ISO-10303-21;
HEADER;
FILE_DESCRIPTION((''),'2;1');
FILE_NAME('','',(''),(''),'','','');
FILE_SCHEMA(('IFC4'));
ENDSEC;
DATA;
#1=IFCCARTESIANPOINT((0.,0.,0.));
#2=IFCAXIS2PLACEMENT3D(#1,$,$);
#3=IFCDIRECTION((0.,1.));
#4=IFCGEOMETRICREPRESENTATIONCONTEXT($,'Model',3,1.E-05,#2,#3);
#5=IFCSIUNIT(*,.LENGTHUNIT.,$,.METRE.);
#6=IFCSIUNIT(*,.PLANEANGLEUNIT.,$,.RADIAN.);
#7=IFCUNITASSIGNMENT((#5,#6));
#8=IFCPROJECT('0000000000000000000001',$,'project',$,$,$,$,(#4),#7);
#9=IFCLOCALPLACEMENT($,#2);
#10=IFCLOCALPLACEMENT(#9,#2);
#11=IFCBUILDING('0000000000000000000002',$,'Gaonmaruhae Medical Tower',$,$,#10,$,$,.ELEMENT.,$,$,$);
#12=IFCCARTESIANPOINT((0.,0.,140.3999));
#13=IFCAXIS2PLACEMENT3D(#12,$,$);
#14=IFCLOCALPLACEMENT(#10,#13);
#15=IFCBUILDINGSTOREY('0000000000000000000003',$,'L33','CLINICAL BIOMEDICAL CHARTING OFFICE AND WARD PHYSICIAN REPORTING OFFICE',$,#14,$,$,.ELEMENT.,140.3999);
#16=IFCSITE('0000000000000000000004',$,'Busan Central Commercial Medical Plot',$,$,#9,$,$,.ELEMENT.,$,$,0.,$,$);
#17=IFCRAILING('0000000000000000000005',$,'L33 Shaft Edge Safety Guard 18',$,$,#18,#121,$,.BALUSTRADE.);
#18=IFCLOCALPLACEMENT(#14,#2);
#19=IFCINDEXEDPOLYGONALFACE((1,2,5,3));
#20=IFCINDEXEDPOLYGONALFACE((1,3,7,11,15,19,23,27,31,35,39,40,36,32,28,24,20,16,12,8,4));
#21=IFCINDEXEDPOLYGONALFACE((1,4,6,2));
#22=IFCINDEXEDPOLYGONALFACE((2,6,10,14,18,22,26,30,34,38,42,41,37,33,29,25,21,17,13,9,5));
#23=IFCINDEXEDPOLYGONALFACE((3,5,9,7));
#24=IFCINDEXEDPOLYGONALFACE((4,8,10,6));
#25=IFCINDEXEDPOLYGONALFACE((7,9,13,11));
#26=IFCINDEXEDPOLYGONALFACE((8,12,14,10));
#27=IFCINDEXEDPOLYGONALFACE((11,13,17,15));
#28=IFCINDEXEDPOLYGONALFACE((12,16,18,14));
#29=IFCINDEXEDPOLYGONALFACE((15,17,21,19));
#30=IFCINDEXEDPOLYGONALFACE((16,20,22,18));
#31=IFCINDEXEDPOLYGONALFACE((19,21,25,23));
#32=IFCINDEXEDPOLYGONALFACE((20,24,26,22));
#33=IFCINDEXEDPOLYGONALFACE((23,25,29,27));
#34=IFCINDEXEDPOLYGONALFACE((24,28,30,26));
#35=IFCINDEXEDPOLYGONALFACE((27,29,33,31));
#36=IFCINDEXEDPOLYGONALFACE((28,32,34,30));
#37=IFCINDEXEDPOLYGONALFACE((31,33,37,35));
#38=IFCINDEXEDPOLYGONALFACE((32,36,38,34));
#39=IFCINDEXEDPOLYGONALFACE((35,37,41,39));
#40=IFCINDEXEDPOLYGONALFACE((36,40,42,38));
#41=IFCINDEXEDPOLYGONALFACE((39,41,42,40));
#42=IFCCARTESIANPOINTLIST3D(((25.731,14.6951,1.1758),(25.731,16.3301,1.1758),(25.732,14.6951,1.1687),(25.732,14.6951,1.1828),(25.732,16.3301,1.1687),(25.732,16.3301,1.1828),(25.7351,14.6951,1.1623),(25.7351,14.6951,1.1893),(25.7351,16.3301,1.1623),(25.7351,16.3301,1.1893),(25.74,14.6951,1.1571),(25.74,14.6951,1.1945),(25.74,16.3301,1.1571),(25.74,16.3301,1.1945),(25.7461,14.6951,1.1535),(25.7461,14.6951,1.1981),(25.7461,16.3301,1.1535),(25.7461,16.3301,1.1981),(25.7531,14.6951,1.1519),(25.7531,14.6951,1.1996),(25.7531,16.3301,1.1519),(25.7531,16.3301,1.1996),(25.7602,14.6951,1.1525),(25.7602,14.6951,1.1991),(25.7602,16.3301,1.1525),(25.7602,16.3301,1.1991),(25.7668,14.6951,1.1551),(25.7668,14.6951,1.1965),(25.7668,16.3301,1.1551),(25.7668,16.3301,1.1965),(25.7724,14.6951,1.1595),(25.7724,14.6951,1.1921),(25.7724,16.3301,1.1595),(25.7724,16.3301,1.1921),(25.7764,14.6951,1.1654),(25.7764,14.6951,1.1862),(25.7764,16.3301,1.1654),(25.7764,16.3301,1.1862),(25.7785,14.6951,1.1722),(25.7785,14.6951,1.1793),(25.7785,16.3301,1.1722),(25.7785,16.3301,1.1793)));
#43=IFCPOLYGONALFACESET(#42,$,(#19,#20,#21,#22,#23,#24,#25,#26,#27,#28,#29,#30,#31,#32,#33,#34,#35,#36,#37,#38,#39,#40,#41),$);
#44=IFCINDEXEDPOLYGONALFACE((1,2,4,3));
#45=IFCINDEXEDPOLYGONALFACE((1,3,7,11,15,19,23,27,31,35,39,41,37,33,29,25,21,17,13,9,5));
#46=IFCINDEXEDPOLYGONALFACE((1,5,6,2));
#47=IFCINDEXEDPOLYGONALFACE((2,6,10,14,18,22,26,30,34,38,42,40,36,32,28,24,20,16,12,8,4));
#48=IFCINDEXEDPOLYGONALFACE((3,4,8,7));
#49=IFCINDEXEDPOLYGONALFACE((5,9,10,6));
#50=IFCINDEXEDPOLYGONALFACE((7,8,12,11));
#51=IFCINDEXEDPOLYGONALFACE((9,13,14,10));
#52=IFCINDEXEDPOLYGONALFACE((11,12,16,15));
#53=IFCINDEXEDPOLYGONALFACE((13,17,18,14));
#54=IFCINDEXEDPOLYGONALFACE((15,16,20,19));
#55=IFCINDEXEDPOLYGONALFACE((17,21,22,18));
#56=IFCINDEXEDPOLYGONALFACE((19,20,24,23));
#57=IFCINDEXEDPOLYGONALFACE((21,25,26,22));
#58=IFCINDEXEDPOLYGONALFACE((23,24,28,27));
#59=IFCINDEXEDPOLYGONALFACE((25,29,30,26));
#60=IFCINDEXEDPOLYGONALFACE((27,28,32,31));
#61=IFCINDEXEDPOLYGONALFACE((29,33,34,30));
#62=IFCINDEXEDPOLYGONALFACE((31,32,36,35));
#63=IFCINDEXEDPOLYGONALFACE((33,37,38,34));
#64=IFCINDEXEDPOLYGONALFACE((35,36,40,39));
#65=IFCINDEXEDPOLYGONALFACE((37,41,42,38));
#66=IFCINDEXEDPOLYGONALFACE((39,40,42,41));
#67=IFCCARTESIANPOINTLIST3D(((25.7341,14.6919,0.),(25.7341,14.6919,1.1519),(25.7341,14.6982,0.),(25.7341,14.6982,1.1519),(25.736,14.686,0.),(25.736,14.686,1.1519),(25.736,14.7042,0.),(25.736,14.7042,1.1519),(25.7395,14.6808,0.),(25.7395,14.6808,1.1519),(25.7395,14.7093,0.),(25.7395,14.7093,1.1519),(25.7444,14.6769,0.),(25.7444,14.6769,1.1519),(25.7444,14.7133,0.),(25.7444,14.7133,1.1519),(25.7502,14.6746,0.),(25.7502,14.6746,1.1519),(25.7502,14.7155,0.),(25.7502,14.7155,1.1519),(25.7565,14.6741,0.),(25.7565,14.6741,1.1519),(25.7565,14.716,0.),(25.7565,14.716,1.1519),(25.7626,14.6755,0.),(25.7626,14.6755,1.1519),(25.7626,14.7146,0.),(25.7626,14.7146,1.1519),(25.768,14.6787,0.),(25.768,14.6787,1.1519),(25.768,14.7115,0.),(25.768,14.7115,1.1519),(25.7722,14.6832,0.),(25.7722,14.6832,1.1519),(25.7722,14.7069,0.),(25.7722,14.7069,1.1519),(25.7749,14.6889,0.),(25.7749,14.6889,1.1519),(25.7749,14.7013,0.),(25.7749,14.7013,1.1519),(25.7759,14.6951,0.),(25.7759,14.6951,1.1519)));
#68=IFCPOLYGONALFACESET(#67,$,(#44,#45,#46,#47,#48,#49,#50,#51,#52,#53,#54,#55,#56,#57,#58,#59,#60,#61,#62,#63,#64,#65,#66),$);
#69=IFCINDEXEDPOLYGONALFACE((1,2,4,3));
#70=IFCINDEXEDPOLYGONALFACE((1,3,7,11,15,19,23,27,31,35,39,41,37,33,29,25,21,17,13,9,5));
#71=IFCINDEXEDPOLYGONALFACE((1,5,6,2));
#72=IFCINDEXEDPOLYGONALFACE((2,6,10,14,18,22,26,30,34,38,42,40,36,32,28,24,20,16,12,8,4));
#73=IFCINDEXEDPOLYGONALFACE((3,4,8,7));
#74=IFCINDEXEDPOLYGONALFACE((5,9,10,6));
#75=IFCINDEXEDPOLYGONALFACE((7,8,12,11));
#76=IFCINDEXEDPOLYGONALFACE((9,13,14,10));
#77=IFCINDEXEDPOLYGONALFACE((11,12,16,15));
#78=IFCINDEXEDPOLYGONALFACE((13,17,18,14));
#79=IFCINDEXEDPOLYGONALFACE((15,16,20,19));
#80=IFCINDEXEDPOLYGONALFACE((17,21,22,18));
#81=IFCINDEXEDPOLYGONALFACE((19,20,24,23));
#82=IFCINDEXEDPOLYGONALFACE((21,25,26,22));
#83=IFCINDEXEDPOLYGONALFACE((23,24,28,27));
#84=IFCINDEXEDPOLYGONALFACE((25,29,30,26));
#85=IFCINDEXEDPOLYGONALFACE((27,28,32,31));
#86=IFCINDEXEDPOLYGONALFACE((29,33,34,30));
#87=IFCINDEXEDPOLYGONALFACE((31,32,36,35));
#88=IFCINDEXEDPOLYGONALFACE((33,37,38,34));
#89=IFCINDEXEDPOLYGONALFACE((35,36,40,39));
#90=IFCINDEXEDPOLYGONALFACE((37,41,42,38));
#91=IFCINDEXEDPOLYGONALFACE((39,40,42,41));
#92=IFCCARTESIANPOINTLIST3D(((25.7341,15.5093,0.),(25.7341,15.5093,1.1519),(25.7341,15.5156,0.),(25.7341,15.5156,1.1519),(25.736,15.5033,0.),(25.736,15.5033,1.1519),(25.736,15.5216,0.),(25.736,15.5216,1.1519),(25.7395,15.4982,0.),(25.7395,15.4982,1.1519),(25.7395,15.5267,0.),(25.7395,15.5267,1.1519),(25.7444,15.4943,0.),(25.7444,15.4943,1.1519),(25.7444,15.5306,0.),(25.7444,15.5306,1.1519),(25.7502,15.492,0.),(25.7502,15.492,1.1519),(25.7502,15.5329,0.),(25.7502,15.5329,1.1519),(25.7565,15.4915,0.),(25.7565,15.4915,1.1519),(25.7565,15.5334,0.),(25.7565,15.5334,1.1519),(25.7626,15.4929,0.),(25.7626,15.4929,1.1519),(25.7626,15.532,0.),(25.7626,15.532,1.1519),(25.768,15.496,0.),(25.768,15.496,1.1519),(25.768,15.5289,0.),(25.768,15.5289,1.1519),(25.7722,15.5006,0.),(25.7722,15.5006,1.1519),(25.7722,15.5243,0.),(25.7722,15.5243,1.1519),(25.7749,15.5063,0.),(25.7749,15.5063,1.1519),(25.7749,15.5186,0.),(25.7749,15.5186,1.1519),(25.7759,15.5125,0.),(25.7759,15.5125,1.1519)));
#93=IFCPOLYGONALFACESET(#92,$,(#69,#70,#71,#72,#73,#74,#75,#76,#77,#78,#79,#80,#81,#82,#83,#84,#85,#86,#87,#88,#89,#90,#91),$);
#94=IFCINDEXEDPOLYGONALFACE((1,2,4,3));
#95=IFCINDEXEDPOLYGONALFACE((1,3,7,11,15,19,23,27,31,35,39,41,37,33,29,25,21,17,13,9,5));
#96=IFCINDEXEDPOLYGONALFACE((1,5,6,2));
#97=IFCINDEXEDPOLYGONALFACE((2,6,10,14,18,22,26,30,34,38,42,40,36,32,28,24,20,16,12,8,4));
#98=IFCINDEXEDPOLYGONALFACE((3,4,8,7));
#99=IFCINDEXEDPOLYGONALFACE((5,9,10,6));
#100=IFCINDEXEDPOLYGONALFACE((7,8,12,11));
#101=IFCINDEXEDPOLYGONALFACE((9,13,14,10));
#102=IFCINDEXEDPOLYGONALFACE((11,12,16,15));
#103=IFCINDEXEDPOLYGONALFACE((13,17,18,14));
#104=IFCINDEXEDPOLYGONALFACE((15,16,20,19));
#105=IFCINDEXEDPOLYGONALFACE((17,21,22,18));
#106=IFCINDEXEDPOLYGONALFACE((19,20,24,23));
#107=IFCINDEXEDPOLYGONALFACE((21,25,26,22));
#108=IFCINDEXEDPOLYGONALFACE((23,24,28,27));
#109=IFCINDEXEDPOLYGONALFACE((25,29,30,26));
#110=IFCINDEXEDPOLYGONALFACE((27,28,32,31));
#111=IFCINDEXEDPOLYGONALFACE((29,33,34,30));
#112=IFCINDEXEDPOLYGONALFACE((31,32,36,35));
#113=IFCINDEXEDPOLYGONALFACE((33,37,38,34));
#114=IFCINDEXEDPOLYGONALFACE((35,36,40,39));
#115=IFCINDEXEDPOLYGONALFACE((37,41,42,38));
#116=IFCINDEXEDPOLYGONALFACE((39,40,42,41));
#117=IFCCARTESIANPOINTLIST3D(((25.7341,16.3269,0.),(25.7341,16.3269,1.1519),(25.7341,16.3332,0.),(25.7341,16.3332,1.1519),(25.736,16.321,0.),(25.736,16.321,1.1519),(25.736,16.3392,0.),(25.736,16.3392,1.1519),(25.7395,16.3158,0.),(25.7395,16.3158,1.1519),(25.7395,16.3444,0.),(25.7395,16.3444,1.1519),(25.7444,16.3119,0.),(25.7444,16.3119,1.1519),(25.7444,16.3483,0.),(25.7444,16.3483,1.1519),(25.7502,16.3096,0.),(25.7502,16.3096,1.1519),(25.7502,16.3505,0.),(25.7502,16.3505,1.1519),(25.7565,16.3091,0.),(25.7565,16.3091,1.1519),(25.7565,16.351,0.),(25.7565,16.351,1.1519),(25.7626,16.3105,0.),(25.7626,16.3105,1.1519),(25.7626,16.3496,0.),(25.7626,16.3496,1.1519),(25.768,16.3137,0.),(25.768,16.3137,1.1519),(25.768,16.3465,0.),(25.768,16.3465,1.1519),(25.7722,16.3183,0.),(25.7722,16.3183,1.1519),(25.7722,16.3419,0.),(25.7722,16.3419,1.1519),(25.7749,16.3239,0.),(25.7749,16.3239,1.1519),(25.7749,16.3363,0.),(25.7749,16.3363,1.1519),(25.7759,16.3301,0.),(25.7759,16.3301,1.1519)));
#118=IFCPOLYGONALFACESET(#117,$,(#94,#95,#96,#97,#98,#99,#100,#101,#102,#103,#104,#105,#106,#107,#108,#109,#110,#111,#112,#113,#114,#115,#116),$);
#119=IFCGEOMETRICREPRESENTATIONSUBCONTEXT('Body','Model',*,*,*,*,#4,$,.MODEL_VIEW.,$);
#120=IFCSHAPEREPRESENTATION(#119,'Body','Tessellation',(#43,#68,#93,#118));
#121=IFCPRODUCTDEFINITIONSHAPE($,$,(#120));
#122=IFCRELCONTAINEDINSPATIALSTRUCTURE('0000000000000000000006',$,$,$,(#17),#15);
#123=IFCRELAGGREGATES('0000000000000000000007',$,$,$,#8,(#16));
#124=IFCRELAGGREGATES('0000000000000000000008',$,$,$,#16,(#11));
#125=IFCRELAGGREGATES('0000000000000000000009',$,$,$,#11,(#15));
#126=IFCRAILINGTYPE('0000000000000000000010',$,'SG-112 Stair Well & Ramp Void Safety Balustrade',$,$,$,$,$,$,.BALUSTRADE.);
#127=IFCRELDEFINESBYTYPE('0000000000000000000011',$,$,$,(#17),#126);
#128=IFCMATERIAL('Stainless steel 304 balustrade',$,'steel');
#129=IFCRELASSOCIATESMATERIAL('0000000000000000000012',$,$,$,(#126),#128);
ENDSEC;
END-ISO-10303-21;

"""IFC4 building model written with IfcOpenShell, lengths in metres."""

from ifc_helpers import new_model, si_unit, direction, frame, origin, origin_2d, place, context, subcontext, project, spatial, circle, extrude, material, type_object, element, save


model = new_model("IFC4")

# Units and contexts
model_context = context("Model", 3, precision=1e-05, world=origin(), true_north=direction((0.0, 1.0)))
body_context = subcontext(model_context, "Body", "Model", "MODEL_VIEW")
ifc_project = project(units=[si_unit("LENGTHUNIT", "METRE"), si_unit("PLANEANGLEUNIT", "RADIAN")], contexts=[model_context])

# Site, building, storey
site_placement = place(None, origin())
site = spatial("IfcSite", under=ifc_project, at=site_placement, Name="Busan Central Commercial Medical Plot", CompositionType="ELEMENT", RefElevation=0.0)
building_placement = place(site_placement, origin())
building = spatial("IfcBuilding", under=site, at=building_placement, Name="Gaonmaruhae Medical Tower", CompositionType="ELEMENT")
storey_placement = place(building_placement, frame((0.0, 0.0, 140.3999)))
storey = spatial("IfcBuildingStorey", under=building, at=storey_placement, Name="L33", Description="CLINICAL BIOMEDICAL CHARTING OFFICE AND WARD PHYSICIAN REPORTING OFFICE", CompositionType="ELEMENT", Elevation=140.3999)

# Railing
ifc_material_1 = material(Name="Stainless steel 304 balustrade", Category="steel")
railing_type_1 = type_object("IfcRailingType", Name="SG-112 Stair Well & Ramp Void Safety Balustrade", PredefinedType="BALUSTRADE", material=ifc_material_1)
railing_1_placement = place(storey_placement, frame((25.7549, 14.6951, 0.0)))
element("IfcRailing", 1, at=railing_1_placement, inside=storey, type_object=railing_type_1, Name="L33 Shaft Edge Safety Guard 18", PredefinedType="BALUSTRADE", context=body_context, shape_type="SweptSolid", body=[
    extrude(circle(Radius=0.0239, at=origin_2d()), frame((0.0, 0.0, 1.1758), z_axis=(0.0, 1.0, 0.0), x_axis=(-1.0, 0.0, 0.0)), (0.0, 0.0, 1.0), 1.635),
    extrude(circle(Radius=0.021, at=origin_2d()), origin(), (0.0, 0.0, 1.0), 1.1519),
    extrude(circle(Radius=0.021, at=origin_2d()), frame((0.0, 0.8174, 0.0)), (0.0, 0.0, 1.0), 1.1519),
    extrude(circle(Radius=0.021, at=origin_2d()), frame((0.0, 1.635, 0.0)), (0.0, 0.0, 1.0), 1.1519),
])

save(model, "model.ifc")
